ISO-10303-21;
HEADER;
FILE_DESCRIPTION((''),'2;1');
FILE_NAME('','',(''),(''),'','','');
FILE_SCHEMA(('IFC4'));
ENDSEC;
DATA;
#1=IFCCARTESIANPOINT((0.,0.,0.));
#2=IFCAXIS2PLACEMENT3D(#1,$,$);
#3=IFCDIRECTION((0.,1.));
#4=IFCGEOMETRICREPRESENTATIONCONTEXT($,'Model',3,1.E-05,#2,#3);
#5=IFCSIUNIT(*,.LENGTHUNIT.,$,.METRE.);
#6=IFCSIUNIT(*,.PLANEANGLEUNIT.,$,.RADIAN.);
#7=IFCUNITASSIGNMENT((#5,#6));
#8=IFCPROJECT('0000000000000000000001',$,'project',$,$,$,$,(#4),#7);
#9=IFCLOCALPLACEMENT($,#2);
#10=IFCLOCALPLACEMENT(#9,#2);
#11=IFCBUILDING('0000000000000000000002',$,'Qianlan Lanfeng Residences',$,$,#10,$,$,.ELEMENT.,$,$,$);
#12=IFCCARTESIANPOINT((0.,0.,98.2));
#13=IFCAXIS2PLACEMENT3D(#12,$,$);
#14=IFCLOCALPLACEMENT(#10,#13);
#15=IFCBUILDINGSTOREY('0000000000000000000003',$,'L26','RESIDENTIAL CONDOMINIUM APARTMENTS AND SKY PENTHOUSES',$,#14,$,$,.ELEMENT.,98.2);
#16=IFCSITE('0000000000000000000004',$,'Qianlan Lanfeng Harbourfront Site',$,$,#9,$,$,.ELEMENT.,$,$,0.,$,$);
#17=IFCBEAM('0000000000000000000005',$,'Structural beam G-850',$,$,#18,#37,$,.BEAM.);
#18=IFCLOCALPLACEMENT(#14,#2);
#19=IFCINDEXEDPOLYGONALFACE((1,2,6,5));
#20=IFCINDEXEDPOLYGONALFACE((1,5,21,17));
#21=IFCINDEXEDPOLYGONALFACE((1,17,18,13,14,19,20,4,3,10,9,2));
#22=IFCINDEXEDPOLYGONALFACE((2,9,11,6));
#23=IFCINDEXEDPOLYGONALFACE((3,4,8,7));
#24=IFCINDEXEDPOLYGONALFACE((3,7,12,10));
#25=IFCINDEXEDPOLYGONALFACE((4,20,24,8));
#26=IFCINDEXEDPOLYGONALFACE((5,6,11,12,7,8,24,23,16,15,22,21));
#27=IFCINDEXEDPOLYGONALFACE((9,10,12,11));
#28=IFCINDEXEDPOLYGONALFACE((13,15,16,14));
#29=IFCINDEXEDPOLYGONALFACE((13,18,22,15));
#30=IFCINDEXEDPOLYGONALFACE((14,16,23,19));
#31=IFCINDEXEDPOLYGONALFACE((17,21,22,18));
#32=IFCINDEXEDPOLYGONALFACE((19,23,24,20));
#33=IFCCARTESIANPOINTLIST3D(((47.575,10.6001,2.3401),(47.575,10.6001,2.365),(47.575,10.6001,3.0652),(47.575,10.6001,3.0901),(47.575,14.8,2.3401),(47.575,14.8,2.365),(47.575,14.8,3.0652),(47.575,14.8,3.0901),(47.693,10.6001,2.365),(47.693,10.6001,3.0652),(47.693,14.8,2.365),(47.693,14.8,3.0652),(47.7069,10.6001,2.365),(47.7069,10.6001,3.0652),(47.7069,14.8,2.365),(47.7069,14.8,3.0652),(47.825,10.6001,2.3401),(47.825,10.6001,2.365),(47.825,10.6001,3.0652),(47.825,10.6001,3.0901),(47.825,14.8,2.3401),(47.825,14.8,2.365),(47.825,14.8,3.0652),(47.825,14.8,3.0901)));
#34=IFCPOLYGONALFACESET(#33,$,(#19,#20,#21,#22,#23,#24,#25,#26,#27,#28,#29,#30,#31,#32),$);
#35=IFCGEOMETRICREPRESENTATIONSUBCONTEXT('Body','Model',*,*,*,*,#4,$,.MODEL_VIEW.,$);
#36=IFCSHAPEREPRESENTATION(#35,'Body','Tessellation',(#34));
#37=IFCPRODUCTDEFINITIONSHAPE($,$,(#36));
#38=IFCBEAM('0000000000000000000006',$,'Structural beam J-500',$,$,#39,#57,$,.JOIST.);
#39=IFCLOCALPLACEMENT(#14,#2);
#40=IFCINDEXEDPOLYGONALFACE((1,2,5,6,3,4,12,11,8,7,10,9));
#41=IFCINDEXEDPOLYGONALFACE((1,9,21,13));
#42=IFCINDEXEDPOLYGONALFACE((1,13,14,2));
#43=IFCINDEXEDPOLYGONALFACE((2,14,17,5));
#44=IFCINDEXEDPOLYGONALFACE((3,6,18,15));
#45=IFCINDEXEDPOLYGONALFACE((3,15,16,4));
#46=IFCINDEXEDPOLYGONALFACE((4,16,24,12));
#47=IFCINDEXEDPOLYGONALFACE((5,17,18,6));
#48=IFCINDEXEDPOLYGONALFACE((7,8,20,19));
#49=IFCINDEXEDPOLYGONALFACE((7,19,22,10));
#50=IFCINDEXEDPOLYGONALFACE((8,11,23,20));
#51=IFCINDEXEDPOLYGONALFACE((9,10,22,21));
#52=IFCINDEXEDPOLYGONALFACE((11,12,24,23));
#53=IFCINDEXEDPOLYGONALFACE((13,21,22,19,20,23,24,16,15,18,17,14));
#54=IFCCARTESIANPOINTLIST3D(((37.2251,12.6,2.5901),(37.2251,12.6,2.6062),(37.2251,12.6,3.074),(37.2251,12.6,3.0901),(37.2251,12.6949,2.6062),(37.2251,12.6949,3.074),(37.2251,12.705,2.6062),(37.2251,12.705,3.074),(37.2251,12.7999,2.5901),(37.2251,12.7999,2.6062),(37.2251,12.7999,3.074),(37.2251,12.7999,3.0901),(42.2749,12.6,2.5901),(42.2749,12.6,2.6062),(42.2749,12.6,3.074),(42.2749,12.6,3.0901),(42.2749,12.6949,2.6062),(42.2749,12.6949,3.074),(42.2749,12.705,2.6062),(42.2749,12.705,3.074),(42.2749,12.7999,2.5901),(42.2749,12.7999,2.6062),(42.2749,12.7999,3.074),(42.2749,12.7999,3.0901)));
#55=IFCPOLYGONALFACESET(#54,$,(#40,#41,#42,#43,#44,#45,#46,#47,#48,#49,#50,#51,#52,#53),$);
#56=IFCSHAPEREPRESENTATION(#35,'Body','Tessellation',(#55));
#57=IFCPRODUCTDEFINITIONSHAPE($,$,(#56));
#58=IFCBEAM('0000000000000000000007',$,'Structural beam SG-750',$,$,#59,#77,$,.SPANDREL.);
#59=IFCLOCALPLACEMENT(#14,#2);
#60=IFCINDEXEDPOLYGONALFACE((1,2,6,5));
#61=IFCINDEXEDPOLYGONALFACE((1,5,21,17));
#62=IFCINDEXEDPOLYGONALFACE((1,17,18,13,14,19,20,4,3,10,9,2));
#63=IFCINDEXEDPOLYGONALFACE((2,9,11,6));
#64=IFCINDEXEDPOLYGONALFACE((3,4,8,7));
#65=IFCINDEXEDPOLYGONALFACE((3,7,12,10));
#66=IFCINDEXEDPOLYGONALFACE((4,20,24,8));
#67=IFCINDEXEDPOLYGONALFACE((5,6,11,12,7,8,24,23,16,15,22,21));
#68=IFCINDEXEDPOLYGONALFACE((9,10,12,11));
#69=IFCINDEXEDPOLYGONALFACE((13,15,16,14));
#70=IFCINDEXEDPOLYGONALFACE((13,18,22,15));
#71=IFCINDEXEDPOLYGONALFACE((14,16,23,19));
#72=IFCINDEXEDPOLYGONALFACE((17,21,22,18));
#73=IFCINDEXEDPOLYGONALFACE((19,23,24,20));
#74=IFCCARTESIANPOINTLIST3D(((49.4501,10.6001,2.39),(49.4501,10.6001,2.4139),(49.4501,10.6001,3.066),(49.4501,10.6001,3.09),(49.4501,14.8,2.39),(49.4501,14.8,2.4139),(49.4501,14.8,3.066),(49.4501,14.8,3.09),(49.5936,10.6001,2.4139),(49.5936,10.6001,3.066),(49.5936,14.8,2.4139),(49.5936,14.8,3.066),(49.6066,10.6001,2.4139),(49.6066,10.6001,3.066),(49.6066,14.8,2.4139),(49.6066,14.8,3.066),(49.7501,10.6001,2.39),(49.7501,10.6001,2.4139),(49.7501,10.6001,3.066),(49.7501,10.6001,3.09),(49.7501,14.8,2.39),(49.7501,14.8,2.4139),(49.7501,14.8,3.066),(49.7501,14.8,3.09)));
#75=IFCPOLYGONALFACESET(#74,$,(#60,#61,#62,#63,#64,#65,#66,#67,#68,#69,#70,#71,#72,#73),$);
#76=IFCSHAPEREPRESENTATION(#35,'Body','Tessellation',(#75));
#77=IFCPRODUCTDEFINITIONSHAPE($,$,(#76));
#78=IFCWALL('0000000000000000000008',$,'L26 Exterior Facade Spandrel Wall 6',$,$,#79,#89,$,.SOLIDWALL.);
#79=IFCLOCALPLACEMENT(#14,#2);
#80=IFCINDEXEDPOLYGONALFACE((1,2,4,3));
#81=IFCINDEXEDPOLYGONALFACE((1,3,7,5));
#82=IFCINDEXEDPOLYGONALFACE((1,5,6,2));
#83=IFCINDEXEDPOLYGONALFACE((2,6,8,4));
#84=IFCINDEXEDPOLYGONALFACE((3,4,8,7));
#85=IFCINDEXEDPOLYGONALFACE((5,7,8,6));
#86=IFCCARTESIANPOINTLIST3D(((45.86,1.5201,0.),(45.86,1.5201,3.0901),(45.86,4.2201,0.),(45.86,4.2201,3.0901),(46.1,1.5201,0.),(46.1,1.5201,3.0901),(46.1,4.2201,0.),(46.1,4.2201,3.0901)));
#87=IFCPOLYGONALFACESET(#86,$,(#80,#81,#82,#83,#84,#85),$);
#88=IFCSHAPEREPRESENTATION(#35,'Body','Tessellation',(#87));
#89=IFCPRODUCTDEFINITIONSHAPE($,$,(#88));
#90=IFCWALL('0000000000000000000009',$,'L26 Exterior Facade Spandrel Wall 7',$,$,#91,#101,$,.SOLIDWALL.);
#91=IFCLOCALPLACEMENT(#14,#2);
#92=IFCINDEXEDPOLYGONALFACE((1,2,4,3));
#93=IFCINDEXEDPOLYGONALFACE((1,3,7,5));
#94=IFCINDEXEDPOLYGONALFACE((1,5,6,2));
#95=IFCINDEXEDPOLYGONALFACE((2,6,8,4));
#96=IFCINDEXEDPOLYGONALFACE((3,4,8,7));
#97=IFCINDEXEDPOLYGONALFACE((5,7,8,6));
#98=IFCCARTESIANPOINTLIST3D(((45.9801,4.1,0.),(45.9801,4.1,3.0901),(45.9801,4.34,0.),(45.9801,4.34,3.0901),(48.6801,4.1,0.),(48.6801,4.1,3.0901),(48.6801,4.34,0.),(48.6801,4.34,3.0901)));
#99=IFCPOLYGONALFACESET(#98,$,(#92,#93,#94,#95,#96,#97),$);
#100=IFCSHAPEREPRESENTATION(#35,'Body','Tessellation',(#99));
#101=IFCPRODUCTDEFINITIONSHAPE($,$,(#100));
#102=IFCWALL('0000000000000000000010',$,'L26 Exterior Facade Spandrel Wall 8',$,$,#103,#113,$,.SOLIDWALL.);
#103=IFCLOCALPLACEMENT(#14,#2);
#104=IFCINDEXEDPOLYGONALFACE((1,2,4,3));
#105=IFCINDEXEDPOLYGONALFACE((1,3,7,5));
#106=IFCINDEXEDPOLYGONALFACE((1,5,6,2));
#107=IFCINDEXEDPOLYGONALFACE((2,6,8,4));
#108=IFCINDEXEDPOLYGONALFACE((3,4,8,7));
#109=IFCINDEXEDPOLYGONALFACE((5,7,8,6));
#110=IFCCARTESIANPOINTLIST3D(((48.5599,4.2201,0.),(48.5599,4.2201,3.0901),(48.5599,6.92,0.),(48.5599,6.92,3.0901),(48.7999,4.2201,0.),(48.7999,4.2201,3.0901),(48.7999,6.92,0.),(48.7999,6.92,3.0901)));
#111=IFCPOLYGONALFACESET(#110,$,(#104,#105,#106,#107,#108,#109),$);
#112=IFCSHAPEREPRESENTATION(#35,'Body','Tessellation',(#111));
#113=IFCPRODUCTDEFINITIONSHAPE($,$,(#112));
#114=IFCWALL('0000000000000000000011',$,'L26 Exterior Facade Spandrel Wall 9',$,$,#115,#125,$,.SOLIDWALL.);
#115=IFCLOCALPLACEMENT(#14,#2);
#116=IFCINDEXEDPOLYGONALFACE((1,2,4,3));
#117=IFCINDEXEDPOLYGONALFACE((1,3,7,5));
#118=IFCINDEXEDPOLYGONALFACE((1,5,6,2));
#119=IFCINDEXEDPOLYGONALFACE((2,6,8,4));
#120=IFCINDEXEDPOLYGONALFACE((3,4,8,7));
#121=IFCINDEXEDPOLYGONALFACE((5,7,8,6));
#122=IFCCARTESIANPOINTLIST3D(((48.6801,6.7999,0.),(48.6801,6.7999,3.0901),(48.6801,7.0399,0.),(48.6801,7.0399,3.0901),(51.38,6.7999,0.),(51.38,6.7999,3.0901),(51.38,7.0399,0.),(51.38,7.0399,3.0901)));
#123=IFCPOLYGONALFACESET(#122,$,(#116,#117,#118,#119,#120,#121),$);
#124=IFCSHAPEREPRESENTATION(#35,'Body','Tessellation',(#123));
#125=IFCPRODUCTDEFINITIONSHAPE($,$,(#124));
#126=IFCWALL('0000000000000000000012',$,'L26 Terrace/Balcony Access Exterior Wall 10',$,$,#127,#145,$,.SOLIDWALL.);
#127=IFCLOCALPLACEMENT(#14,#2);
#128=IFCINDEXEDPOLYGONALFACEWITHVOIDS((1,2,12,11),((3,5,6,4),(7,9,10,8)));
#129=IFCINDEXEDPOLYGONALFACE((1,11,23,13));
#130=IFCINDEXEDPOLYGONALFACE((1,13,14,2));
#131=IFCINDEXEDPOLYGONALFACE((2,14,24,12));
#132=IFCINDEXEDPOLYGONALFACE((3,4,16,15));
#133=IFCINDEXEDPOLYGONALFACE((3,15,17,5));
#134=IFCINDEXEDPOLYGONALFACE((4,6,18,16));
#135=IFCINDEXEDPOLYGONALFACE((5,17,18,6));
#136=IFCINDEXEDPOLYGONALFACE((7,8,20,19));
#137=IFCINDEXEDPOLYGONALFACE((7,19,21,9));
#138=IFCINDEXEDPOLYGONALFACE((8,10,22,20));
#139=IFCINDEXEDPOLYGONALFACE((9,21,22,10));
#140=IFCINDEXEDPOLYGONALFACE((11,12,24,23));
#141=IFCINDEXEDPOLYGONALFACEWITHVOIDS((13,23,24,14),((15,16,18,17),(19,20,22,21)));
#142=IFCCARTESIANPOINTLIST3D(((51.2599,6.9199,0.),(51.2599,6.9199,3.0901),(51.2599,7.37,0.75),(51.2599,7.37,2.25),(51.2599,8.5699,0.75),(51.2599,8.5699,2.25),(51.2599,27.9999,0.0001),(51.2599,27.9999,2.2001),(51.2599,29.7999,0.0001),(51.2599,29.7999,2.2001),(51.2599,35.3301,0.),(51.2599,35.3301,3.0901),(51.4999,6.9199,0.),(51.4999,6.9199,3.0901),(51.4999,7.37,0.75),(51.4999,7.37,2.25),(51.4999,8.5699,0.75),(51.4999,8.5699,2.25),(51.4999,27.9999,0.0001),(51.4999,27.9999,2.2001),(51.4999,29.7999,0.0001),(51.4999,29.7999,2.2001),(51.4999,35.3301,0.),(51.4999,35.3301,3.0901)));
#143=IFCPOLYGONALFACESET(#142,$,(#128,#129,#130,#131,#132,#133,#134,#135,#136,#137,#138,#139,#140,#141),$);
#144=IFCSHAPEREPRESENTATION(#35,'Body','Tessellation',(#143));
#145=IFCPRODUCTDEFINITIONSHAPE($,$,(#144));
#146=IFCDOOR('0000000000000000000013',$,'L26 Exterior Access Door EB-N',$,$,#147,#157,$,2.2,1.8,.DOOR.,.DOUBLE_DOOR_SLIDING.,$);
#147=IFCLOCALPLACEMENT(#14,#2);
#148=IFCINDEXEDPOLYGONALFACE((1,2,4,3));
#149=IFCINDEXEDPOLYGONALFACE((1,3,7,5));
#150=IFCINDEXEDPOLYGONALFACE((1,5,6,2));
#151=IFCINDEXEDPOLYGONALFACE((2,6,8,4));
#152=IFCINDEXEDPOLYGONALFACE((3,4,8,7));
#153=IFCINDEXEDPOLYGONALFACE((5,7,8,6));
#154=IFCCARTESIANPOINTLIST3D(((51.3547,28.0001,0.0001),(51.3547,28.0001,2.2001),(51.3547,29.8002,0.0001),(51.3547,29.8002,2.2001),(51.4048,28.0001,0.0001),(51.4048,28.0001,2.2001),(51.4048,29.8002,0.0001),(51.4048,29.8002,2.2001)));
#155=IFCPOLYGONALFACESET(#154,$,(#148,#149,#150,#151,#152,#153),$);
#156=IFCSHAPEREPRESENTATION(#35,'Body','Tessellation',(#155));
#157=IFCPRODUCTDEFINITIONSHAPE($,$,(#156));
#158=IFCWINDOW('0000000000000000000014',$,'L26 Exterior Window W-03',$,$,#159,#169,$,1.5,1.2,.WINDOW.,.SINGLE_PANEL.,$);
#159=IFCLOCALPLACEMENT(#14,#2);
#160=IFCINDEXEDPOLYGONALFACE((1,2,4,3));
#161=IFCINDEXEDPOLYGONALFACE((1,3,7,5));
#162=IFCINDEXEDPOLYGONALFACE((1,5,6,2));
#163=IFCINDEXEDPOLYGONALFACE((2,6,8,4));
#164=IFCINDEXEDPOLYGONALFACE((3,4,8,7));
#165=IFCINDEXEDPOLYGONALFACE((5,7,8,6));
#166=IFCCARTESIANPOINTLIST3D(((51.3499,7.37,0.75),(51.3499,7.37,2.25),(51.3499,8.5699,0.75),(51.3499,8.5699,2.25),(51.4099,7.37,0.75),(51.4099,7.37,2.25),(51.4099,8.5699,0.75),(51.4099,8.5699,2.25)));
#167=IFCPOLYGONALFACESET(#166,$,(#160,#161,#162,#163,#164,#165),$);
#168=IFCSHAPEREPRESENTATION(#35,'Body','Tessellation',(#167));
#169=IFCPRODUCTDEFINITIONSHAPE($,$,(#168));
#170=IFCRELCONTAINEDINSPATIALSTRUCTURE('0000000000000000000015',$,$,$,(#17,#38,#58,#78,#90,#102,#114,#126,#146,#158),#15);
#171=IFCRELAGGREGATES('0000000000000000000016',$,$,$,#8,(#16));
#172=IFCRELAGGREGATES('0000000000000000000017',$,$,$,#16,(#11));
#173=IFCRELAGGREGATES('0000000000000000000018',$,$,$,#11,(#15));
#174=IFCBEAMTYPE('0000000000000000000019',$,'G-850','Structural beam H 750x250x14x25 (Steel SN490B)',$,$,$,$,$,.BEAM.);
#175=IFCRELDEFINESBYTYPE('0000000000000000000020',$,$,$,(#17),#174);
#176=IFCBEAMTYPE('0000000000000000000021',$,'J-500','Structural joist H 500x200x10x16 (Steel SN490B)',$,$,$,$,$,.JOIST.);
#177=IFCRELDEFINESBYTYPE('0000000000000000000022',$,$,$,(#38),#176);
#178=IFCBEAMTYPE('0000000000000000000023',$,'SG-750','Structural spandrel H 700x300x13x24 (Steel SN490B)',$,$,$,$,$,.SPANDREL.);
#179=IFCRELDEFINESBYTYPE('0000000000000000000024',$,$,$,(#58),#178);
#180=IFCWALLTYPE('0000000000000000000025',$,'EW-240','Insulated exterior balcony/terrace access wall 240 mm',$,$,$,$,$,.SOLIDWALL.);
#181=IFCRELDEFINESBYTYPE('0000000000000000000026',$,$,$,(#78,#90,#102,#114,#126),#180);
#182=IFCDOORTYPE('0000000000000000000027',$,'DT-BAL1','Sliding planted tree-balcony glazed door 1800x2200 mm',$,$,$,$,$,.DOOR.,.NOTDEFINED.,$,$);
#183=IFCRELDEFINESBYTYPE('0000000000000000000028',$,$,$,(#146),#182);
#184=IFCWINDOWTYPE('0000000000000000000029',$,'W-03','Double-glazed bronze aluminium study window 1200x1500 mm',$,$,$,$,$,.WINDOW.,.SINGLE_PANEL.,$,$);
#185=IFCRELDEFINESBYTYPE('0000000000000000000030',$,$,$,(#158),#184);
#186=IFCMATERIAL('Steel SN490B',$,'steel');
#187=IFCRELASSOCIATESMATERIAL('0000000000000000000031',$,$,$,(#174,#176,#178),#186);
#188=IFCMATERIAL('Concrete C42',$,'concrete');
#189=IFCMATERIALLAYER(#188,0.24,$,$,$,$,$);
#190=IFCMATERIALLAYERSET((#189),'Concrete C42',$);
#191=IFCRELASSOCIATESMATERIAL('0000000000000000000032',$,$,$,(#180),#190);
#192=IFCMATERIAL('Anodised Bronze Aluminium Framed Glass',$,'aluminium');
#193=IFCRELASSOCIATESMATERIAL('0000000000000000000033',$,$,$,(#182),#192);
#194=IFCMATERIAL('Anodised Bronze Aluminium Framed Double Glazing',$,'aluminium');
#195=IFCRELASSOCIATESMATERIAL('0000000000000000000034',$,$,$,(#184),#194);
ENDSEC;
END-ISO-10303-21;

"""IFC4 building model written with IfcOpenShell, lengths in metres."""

from ifc_helpers import new_model, si_unit, direction, frame, frame_2d, origin, origin_2d, place, context, subcontext, project, spatial, rectangle, i_section, extrude, material, layer, layer_set, material_profile, profile_set, type_object, element, fill, save


model = new_model("IFC4")

# Units and contexts
model_context = context("Model", 3, precision=1e-05, world=origin(), true_north=direction((0.0, 1.0)))
body_context = subcontext(model_context, "Body", "Model", "MODEL_VIEW")
ifc_project = project(units=[si_unit("LENGTHUNIT", "METRE"), si_unit("PLANEANGLEUNIT", "RADIAN")], contexts=[model_context])

# Site, building, storey
site_placement = place(None, origin())
site = spatial("IfcSite", under=ifc_project, at=site_placement, Name="Qianlan Lanfeng Harbourfront Site", CompositionType="ELEMENT", RefElevation=0.0)
building_placement = place(site_placement, origin())
building = spatial("IfcBuilding", under=site, at=building_placement, Name="Qianlan Lanfeng Residences", CompositionType="ELEMENT")
storey_placement = place(building_placement, frame((0.0, 0.0, 98.2)))
storey = spatial("IfcBuildingStorey", under=building, at=storey_placement, Name="L26", Description="RESIDENTIAL CONDOMINIUM APARTMENTS AND SKY PENTHOUSES", CompositionType="ELEMENT", Elevation=98.2)

# Shared definitions
ifc_material_1 = material(Name="Steel SN490B", Category="steel")

# Beams
ifc_material_profile_1 = material_profile(ifc_material_1, i_section(OverallWidth=0.25, OverallDepth=0.75, WebThickness=0.0139, FlangeThickness=0.0249, at=origin_2d()), Name="H 750x250x14x25")
ifc_profile_set_1 = profile_set([ifc_material_profile_1], Name="Steel SN490B")
beam_type_1 = type_object("IfcBeamType", Name="G-850", Description="Structural beam H 750x250x14x25 (Steel SN490B)", PredefinedType="BEAM", material=ifc_profile_set_1)
for number, where, z_axis, x_axis, name in (
    (1, (47.7, 10.6001, 2.7151), (0.0, 1.0, 0.0), (-1.0, 0.0, 0.0), "Structural beam G-850"),
):
    element("IfcBeam", number, at=place(storey_placement, frame(where, z_axis=z_axis, x_axis=x_axis)), inside=storey, type_object=beam_type_1, Name=name, PredefinedType="BEAM", context=body_context, shape_type="SweptSolid", body=[
        extrude(i_section(OverallWidth=0.25, OverallDepth=0.75, WebThickness=0.0139, FlangeThickness=0.0249, at=origin_2d()), origin(), (0.0, 0.0, 1.0), 4.2),
    ])
ifc_material_profile_2 = material_profile(ifc_material_1, i_section(OverallWidth=0.2, OverallDepth=0.5, WebThickness=0.01, FlangeThickness=0.0161, at=origin_2d()), Name="H 500x200x10x16")
ifc_profile_set_2 = profile_set([ifc_material_profile_2], Name="Steel SN490B")
beam_type_2 = type_object("IfcBeamType", Name="J-500", Description="Structural joist H 500x200x10x16 (Steel SN490B)", PredefinedType="JOIST", material=ifc_profile_set_2)
beam_1_placement = place(storey_placement, frame((37.2251, 12.7, 2.8401), z_axis=(1.0, 0.0, 0.0), x_axis=(0.0, 1.0, 0.0)))
element("IfcBeam", 2, at=beam_1_placement, inside=storey, type_object=beam_type_2, Name="Structural beam J-500", PredefinedType="JOIST", context=body_context, shape_type="SweptSolid", body=[
    extrude(i_section(OverallWidth=0.2, OverallDepth=0.5, WebThickness=0.01, FlangeThickness=0.0161, at=origin_2d()), origin(), (0.0, 0.0, 1.0), 5.0498),
])
ifc_material_profile_3 = material_profile(ifc_material_1, i_section(OverallWidth=0.3, OverallDepth=0.7, WebThickness=0.0129, FlangeThickness=0.0239, at=origin_2d()), Name="H 700x300x13x24")
ifc_profile_set_3 = profile_set([ifc_material_profile_3], Name="Steel SN490B")
beam_type_3 = type_object("IfcBeamType", Name="SG-750", Description="Structural spandrel H 700x300x13x24 (Steel SN490B)", PredefinedType="SPANDREL", material=ifc_profile_set_3)
beam_2_placement = place(storey_placement, frame((49.6001, 10.6001, 2.74), z_axis=(0.0, 1.0, 0.0), x_axis=(-1.0, 0.0, 0.0)))
element("IfcBeam", 3, at=beam_2_placement, inside=storey, type_object=beam_type_3, Name="Structural beam SG-750", PredefinedType="SPANDREL", context=body_context, shape_type="SweptSolid", body=[
    extrude(i_section(OverallWidth=0.3, OverallDepth=0.7, WebThickness=0.0129, FlangeThickness=0.0239, at=origin_2d()), origin(), (0.0, 0.0, 1.0), 4.2),
])

# Walls
ifc_material_2 = material(Name="Concrete C42", Category="concrete")
ifc_layer_1 = layer(ifc_material_2, 0.24)
ifc_layer_set_1 = layer_set([ifc_layer_1], Name="Concrete C42")
wall_type_1 = type_object("IfcWallType", Name="EW-240", Description="Insulated exterior balcony/terrace access wall 240 mm", PredefinedType="SOLIDWALL", material=ifc_layer_set_1)
for number, where, z_axis, x_axis, name in (
    (4, (45.98, 1.52, 0.0), (0.0, 0.0, 1.0), (0.0, 1.0, 0.0), "L26 Exterior Facade Spandrel Wall 6"),
    (5, (45.98, 4.22, 0.0), (0.0, 0.0, 1.0), (1.0, 0.0, 0.0), "L26 Exterior Facade Spandrel Wall 7"),
    (6, (48.6799, 4.22, 0.0), (0.0, 0.0, 1.0), (0.0, 1.0, 0.0), "L26 Exterior Facade Spandrel Wall 8"),
    (7, (48.6799, 6.9199, 0.0), (0.0, 0.0, 1.0), (1.0, 0.0, 0.0), "L26 Exterior Facade Spandrel Wall 9"),
):
    element("IfcWall", number, at=place(storey_placement, frame(where, z_axis=z_axis, x_axis=x_axis)), inside=storey, type_object=wall_type_1, Name=name, PredefinedType="SOLIDWALL", context=body_context, shape_type="SweptSolid", body=[
        extrude(rectangle(XDim=2.7, YDim=0.24, at=frame_2d((1.3501, 0.0))), origin(), (0.0, 0.0, 1.0), 3.0901),
    ])

# Wall, openings, door, window
wall_1_placement = place(storey_placement, frame((51.3799, 6.9199, 0.0), z_axis=(0.0, 0.0, 1.0), x_axis=(0.0, 1.0, 0.0)))
wall_1 = element("IfcWall", 8, at=wall_1_placement, inside=storey, type_object=wall_type_1, Name="L26 Terrace/Balcony Access Exterior Wall 10", PredefinedType="SOLIDWALL", context=body_context, shape_type="SweptSolid", body=[
    extrude(rectangle(XDim=28.4102, YDim=0.24, at=frame_2d((14.2051, 0.0))), origin(), (0.0, 0.0, 1.0), 3.0901),
])
opening_1_placement = place(wall_1_placement, frame((21.0801, 0.0, 0.0)))
opening_1 = element("IfcOpeningElement", 9, at=opening_1_placement, cuts=wall_1, PredefinedType="OPENING", context=body_context, shape_type="SweptSolid", body=[
    extrude(rectangle(XDim=1.8, YDim=2.2, at=frame_2d((0.8999, 1.1001))), frame((0.0, 0.1299, 0.0), z_axis=(0.0, -1.0, 0.0), x_axis=(1.0, 0.0, 0.0)), (0.0, 0.0, 1.0), 0.26),
])
opening_2_placement = place(wall_1_placement, frame((0.45, 0.0, 0.75)))
opening_2 = element("IfcOpeningElement", 10, at=opening_2_placement, cuts=wall_1, PredefinedType="OPENING", context=body_context, shape_type="SweptSolid", body=[
    extrude(rectangle(XDim=1.2, YDim=1.5, at=frame_2d((0.6001, 0.75))), frame((0.0, 0.1299, 0.0), z_axis=(0.0, -1.0, 0.0), x_axis=(1.0, 0.0, 0.0)), (0.0, 0.0, 1.0), 0.26),
])
ifc_material_3 = material(Name="Anodised Bronze Aluminium Framed Glass", Category="aluminium")
door_type_1 = type_object("IfcDoorType", Name="DT-BAL1", Description="Sliding planted tree-balcony glazed door 1800x2200 mm", OperationType="NOTDEFINED", PredefinedType="DOOR", material=ifc_material_3)
door_1_placement = place(opening_1_placement, frame((1.8, 0.0, 0.0), z_axis=(0.0, 0.0, 1.0), x_axis=(-1.0, 0.0, 0.0)))
door_1 = element("IfcDoor", 11, at=door_1_placement, inside=storey, type_object=door_type_1, Name="L26 Exterior Access Door EB-N", OperationType="DOUBLE_DOOR_SLIDING", OverallHeight=2.2, OverallWidth=1.8, PredefinedType="DOOR", context=body_context, shape_type="SweptSolid", body=[
    extrude(rectangle(XDim=1.8, YDim=2.2, at=frame_2d((0.8999, 1.1001))), frame((0.0, 0.0249, 0.0), z_axis=(0.0, -1.0, 0.0), x_axis=(1.0, 0.0, 0.0)), (0.0, 0.0, 1.0), 0.05),
])
fill(opening_1, door_1)
ifc_material_4 = material(Name="Anodised Bronze Aluminium Framed Double Glazing", Category="aluminium")
window_type = type_object("IfcWindowType", Name="W-03", Description="Double-glazed bronze aluminium study window 1200x1500 mm", PartitioningType="SINGLE_PANEL", PredefinedType="WINDOW", material=ifc_material_4)
window_placement = place(opening_2_placement, origin())
window = element("IfcWindow", 12, at=window_placement, inside=storey, type_object=window_type, Name="L26 Exterior Window W-03", OverallHeight=1.5, OverallWidth=1.2, PartitioningType="SINGLE_PANEL", PredefinedType="WINDOW", context=body_context, shape_type="SweptSolid", body=[
    extrude(rectangle(XDim=1.2, YDim=1.5, at=frame_2d((0.6001, 0.75))), frame((0.0, 0.03, 0.0), z_axis=(0.0, -1.0, 0.0), x_axis=(1.0, 0.0, 0.0)), (0.0, 0.0, 1.0), 0.0601),
])
fill(opening_2, window)

save(model, "model.ifc")
